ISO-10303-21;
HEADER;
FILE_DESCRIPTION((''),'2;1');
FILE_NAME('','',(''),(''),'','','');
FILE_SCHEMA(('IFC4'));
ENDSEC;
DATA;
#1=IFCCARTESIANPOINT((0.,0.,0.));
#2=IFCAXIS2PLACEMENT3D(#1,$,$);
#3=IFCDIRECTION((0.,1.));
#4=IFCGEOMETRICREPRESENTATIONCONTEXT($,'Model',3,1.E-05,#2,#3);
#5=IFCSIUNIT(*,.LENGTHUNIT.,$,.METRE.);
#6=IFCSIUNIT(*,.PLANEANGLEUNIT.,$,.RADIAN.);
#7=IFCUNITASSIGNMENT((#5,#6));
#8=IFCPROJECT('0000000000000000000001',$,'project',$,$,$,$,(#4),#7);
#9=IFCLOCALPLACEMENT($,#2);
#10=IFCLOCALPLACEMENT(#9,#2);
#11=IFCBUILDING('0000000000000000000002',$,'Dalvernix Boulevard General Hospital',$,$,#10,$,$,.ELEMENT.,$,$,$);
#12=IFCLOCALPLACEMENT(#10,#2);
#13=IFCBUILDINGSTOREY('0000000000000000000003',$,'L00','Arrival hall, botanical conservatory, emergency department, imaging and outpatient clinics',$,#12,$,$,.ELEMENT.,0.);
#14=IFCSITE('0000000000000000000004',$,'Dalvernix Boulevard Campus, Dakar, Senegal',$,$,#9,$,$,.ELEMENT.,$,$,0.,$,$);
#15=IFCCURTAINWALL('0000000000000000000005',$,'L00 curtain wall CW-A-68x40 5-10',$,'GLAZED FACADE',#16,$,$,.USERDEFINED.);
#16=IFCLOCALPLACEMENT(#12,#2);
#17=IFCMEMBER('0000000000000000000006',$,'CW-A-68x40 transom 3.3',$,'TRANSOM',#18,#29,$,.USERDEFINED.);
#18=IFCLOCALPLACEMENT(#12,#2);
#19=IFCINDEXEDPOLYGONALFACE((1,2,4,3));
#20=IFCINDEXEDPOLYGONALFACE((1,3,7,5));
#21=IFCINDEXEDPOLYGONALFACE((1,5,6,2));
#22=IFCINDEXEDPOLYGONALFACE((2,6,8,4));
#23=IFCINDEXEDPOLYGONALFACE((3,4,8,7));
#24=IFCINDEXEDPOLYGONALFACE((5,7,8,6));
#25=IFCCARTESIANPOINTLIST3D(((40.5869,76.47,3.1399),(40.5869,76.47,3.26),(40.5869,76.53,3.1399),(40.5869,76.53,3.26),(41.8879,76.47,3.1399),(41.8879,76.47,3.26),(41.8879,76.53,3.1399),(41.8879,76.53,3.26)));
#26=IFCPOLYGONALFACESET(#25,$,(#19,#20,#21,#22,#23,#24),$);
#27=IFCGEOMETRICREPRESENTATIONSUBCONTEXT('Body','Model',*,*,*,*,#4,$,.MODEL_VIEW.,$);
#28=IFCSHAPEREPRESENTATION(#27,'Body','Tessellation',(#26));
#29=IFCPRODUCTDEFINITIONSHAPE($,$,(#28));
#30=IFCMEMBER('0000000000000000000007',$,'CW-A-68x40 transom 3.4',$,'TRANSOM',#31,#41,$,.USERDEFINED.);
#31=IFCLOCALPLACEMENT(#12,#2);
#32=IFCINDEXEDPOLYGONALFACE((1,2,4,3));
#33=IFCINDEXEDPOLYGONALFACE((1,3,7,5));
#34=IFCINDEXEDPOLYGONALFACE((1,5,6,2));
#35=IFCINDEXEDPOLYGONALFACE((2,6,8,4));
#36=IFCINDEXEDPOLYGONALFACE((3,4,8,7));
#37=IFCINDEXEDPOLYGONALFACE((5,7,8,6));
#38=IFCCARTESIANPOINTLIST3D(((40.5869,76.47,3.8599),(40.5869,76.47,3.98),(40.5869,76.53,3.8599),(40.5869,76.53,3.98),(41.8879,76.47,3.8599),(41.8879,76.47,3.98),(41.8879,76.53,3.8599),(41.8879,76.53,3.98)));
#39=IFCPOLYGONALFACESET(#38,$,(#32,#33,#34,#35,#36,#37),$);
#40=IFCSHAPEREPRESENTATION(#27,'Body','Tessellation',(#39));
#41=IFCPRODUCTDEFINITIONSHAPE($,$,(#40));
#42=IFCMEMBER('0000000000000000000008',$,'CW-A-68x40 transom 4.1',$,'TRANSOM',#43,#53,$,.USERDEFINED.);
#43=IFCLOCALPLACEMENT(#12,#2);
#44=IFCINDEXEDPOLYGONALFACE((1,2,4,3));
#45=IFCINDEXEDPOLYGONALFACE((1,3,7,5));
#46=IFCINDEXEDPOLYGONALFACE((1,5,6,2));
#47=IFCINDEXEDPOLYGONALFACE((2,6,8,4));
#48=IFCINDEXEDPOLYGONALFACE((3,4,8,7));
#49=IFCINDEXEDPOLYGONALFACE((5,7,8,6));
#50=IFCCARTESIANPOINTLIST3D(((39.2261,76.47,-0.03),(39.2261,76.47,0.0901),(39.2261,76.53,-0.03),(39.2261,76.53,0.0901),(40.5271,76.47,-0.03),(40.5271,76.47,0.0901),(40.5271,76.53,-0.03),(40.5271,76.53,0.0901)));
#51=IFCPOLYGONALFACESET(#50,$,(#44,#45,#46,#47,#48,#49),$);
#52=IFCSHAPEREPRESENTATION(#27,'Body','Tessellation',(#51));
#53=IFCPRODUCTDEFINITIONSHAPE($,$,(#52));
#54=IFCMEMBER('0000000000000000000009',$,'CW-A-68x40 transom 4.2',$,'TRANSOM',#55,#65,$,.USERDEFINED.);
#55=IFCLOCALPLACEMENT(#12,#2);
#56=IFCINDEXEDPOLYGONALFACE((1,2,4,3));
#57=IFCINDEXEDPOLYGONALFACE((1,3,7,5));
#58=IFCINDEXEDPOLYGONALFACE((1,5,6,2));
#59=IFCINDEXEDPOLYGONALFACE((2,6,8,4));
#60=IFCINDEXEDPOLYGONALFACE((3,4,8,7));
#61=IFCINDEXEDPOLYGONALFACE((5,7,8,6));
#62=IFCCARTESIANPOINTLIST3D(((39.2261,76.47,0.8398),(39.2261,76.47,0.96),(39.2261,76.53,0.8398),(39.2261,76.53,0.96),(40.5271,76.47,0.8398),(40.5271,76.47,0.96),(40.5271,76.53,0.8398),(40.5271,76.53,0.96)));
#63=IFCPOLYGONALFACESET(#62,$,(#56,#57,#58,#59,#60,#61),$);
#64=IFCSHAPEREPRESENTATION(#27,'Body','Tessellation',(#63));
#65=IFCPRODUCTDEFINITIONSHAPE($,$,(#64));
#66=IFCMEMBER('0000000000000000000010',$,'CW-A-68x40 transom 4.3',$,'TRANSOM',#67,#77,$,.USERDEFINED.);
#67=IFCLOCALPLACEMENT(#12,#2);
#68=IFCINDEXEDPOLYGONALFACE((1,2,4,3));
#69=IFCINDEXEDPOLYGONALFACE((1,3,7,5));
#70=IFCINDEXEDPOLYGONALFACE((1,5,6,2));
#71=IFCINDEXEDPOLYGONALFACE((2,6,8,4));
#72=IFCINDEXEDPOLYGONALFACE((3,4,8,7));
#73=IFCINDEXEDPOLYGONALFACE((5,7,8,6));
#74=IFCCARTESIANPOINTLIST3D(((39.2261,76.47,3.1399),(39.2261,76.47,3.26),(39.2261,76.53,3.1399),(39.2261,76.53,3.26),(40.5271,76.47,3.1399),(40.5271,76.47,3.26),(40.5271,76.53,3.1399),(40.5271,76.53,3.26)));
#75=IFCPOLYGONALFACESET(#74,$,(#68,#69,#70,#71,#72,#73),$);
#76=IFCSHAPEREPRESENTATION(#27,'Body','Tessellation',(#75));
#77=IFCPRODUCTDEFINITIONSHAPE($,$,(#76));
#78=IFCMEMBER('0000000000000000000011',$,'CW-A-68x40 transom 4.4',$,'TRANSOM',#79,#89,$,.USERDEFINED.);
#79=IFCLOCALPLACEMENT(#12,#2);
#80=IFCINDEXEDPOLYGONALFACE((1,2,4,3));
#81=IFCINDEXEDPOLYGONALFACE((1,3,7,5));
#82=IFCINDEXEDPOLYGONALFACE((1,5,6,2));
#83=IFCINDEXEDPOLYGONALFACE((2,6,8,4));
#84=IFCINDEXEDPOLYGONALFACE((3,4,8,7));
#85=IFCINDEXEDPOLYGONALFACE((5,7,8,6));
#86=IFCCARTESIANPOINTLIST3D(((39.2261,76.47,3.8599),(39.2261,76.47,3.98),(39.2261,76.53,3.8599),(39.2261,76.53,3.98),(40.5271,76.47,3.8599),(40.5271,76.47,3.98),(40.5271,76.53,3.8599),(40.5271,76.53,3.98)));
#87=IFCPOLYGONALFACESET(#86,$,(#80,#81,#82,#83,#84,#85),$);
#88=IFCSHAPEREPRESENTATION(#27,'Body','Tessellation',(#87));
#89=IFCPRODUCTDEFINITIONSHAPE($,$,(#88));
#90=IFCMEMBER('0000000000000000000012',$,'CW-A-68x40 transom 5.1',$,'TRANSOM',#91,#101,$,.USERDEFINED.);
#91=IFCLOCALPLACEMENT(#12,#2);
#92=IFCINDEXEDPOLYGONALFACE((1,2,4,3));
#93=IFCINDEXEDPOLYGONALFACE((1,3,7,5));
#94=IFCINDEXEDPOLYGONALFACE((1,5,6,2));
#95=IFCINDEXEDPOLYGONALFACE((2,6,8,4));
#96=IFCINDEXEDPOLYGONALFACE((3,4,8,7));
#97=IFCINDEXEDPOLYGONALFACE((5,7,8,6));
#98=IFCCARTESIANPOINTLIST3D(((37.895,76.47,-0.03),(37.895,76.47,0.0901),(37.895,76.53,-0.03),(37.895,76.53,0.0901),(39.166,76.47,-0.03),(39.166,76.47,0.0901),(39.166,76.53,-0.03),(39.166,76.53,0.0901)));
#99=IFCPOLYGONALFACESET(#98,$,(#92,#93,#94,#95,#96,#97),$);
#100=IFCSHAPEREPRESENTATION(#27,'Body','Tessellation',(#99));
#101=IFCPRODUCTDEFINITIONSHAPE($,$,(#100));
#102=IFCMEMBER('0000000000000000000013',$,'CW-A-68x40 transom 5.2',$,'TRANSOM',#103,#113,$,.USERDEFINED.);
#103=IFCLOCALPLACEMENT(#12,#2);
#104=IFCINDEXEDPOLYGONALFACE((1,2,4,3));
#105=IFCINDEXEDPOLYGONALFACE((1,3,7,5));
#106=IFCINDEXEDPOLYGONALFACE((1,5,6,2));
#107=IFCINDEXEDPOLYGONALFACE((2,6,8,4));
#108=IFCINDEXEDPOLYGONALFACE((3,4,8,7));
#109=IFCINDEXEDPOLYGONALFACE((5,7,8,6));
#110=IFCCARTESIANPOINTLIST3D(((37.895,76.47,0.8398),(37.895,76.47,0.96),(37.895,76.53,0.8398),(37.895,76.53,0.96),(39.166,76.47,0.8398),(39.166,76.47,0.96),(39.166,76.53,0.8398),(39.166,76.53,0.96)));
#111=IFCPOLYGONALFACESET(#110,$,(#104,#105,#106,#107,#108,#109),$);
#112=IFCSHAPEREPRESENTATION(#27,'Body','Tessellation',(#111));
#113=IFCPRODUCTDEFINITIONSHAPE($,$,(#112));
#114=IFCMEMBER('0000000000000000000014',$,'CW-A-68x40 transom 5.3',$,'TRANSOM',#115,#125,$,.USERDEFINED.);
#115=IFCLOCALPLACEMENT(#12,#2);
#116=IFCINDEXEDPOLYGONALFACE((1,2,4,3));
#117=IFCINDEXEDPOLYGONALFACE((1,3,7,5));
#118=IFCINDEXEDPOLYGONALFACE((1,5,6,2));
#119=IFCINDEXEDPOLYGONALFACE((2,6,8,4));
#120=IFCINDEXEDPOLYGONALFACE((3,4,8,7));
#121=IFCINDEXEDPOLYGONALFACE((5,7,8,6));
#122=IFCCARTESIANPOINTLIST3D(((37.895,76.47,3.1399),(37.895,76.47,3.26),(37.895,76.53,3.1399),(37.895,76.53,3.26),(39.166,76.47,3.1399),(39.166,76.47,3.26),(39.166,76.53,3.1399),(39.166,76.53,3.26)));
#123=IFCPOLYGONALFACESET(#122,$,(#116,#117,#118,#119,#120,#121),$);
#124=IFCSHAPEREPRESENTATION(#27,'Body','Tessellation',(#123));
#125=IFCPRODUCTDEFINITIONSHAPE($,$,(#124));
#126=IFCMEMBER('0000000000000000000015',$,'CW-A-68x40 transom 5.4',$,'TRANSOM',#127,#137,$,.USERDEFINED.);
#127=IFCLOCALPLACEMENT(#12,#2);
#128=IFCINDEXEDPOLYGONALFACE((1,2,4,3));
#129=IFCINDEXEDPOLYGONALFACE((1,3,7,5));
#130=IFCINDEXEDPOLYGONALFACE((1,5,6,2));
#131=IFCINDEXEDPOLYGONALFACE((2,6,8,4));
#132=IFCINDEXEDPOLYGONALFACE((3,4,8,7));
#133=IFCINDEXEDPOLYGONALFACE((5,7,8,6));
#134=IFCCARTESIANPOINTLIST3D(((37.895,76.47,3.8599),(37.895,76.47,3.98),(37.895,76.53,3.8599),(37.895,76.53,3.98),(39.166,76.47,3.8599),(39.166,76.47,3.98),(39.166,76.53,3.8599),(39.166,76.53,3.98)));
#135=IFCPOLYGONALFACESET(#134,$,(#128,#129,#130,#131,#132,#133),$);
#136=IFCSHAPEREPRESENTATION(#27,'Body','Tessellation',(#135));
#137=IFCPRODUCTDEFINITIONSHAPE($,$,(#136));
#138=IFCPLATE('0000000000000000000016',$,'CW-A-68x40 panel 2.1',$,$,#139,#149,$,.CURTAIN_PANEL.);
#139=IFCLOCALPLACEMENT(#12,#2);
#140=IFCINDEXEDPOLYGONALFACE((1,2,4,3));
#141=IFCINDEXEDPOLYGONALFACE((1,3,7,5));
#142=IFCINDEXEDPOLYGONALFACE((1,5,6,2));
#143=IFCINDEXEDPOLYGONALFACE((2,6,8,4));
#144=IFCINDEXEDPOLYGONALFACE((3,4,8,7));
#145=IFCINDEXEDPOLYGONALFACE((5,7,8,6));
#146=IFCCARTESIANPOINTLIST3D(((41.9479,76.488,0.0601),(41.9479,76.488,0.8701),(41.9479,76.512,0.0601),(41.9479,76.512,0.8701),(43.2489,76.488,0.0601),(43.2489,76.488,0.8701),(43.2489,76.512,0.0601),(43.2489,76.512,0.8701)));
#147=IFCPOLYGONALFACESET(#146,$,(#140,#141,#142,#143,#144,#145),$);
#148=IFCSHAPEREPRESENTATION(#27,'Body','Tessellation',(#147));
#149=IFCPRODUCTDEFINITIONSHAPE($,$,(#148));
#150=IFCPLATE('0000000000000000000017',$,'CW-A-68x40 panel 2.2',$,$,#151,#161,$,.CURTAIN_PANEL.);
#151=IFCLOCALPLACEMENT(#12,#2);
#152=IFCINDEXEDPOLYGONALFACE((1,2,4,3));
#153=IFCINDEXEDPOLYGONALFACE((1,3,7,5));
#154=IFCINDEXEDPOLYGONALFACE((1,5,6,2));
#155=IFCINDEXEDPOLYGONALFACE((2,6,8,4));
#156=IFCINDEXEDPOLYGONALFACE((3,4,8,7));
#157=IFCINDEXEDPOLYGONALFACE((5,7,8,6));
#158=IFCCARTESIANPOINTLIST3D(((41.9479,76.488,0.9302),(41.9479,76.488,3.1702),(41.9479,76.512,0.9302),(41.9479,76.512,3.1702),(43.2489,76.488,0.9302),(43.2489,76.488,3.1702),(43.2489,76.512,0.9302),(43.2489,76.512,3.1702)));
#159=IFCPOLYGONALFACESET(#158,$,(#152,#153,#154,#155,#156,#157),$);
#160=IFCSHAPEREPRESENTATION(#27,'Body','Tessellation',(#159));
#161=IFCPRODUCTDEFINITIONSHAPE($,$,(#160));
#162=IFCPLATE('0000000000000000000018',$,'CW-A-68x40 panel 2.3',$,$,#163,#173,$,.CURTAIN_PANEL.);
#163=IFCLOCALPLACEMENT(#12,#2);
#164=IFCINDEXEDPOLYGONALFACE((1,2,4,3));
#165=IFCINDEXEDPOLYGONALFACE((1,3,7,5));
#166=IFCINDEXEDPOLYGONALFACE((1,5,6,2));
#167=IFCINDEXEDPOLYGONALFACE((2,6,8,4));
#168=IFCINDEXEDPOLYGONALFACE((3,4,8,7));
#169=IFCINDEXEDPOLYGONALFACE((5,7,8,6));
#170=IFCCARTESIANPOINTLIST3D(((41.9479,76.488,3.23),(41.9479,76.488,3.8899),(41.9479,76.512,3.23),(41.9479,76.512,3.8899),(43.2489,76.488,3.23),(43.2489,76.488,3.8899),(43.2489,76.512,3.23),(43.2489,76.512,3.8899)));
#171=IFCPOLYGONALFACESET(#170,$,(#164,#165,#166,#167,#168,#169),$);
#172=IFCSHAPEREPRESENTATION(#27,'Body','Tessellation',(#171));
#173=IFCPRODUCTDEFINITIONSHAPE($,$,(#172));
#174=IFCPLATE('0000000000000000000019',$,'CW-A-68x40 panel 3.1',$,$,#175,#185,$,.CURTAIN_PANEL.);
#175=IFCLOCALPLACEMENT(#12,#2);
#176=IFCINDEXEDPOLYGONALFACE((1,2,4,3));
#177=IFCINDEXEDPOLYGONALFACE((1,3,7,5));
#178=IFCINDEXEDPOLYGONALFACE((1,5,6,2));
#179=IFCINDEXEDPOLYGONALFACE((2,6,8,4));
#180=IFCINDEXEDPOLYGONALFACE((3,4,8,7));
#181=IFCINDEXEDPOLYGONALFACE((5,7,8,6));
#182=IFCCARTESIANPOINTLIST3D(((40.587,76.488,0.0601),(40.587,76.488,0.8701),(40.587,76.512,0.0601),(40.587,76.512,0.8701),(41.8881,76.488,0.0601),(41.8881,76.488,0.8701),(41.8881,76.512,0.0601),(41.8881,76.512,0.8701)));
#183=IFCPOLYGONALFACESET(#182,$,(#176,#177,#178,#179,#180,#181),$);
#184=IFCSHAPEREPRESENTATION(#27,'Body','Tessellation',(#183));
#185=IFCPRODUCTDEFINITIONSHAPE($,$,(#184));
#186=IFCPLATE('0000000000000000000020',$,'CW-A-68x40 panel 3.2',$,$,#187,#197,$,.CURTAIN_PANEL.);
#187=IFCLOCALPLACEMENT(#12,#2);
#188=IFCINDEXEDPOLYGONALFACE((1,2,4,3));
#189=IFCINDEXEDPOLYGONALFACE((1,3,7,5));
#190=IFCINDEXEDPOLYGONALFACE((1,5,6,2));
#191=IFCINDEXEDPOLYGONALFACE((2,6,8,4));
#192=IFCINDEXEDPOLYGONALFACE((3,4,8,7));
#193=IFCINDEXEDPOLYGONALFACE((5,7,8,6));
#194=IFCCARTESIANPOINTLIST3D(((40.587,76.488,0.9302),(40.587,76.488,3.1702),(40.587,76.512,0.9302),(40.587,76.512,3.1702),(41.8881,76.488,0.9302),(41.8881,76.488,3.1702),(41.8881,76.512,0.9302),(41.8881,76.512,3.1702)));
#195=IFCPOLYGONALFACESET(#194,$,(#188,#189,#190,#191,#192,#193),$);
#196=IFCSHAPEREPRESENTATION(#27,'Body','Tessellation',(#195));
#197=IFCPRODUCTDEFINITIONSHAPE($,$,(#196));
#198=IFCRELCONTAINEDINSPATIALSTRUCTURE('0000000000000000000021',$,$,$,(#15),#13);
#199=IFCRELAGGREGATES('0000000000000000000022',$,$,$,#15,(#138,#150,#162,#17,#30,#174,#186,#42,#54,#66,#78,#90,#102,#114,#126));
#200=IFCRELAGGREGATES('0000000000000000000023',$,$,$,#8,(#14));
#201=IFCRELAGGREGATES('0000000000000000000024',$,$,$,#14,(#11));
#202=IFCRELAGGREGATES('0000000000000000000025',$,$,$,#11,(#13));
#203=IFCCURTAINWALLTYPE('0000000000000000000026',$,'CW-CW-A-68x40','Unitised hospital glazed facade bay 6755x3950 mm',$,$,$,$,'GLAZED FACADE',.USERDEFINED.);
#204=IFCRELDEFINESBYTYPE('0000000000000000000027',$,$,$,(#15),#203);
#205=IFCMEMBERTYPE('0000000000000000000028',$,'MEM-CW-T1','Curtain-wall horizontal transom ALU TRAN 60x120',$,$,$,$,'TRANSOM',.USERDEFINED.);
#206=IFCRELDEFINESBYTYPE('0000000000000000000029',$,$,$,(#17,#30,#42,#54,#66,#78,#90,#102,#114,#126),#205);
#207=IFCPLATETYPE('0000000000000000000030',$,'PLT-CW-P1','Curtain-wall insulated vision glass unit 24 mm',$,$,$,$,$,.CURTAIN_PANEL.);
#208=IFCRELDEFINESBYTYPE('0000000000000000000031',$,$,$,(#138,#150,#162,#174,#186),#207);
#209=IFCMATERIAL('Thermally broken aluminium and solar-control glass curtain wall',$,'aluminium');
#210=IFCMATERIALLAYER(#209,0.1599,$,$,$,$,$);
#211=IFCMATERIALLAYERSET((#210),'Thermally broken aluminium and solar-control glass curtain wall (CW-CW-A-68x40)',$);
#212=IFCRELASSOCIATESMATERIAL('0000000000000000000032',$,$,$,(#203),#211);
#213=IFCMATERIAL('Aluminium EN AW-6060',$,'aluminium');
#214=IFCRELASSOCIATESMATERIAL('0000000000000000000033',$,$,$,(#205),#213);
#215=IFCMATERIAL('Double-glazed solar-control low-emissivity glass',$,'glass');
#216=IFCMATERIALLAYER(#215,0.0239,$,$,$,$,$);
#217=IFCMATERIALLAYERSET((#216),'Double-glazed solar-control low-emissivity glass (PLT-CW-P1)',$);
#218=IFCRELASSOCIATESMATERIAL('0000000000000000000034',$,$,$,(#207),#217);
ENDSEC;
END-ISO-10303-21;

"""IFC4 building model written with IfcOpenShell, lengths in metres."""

from ifc_helpers import new_model, si_unit, direction, frame, origin, origin_2d, place, context, subcontext, project, spatial, rectangle, extrude, material, layer, layer_set, material_profile, profile_set, type_object, element, aggregate, save


model = new_model("IFC4")

# Units and contexts
model_context = context("Model", 3, precision=1e-05, world=origin(), true_north=direction((0.0, 1.0)))
body_context = subcontext(model_context, "Body", "Model", "MODEL_VIEW")
ifc_project = project(units=[si_unit("LENGTHUNIT", "METRE"), si_unit("PLANEANGLEUNIT", "RADIAN")], contexts=[model_context])

# Site, building, storey
site_placement = place(None, origin())
site = spatial("IfcSite", under=ifc_project, at=site_placement, Name="Dalvernix Boulevard Campus, Dakar, Senegal", CompositionType="ELEMENT", RefElevation=0.0)
building_placement = place(site_placement, origin())
building = spatial("IfcBuilding", under=site, at=building_placement, Name="Dalvernix Boulevard General Hospital", CompositionType="ELEMENT")
storey_placement = place(building_placement, origin())
storey = spatial("IfcBuildingStorey", under=building, at=storey_placement, Name="L00", Description="Arrival hall, botanical conservatory, emergency department, imaging and outpatient clinics", CompositionType="ELEMENT", Elevation=0.0)

# Curtain wall
ifc_material_1 = material(Name="Thermally broken aluminium and solar-control glass curtain wall", Category="aluminium")
ifc_layer_1 = layer(ifc_material_1, 0.1599)
ifc_layer_set_1 = layer_set([ifc_layer_1], Name="Thermally broken aluminium and solar-control glass curtain wall (CW-CW-A-68x40)")
curtain_wall_type_1 = type_object("IfcCurtainWallType", Name="CW-CW-A-68x40", Description="Unitised hospital glazed facade bay 6755x3950 mm", ElementType="GLAZED FACADE", PredefinedType="USERDEFINED", material=ifc_layer_set_1)
curtain_wall_1_placement = place(storey_placement, origin())
curtain_wall_1 = element("IfcCurtainWall", 1, at=curtain_wall_1_placement, inside=storey, type_object=curtain_wall_type_1, Name="L00 curtain wall CW-A-68x40 5-10", ObjectType="GLAZED FACADE", PredefinedType="USERDEFINED")
ifc_material_2 = material(Name="Aluminium EN AW-6060", Category="aluminium")

# Members
ifc_material_profile_1 = material_profile(ifc_material_2, rectangle(XDim=0.0601, YDim=0.1201, at=origin_2d()), Name="ALU TRAN 60x120")
ifc_profile_set_1 = profile_set([ifc_material_profile_1], Name="Aluminium EN AW-6060")
member_type_1 = type_object("IfcMemberType", Name="MEM-CW-T1", Description="Curtain-wall horizontal transom ALU TRAN 60x120", ElementType="TRANSOM", PredefinedType="USERDEFINED", material=ifc_profile_set_1)
member_1_placement = place(storey_placement, frame((41.8879, 76.5, 3.2), z_axis=(-1.0, 0.0, 0.0), x_axis=(0.0, -1.0, 0.0)))
member_1 = element("IfcMember", 2, at=member_1_placement, type_object=member_type_1, Name="CW-A-68x40 transom 3.3", ObjectType="TRANSOM", PredefinedType="USERDEFINED", context=body_context, shape_type="SweptSolid", body=[
    extrude(rectangle(XDim=0.0601, YDim=0.1201, at=origin_2d()), origin(), (0.0, 0.0, 1.0), 1.301),
])
member_2_placement = place(storey_placement, frame((41.8879, 76.5, 3.9199), z_axis=(-1.0, 0.0, 0.0), x_axis=(0.0, -1.0, 0.0)))
member_2 = element("IfcMember", 3, at=member_2_placement, type_object=member_type_1, Name="CW-A-68x40 transom 3.4", ObjectType="TRANSOM", PredefinedType="USERDEFINED", context=body_context, shape_type="SweptSolid", body=[
    extrude(rectangle(XDim=0.0601, YDim=0.1201, at=origin_2d()), origin(), (0.0, 0.0, 1.0), 1.301),
])
member_3_placement = place(storey_placement, frame((40.5271, 76.5, 0.03), z_axis=(-1.0, 0.0, 0.0), x_axis=(0.0, -1.0, 0.0)))
member_3 = element("IfcMember", 4, at=member_3_placement, type_object=member_type_1, Name="CW-A-68x40 transom 4.1", ObjectType="TRANSOM", PredefinedType="USERDEFINED", context=body_context, shape_type="SweptSolid", body=[
    extrude(rectangle(XDim=0.0601, YDim=0.1201, at=origin_2d()), origin(), (0.0, 0.0, 1.0), 1.301),
])
member_4_placement = place(storey_placement, frame((40.5271, 76.5, 0.8999), z_axis=(-1.0, 0.0, 0.0), x_axis=(0.0, -1.0, 0.0)))
member_4 = element("IfcMember", 5, at=member_4_placement, type_object=member_type_1, Name="CW-A-68x40 transom 4.2", ObjectType="TRANSOM", PredefinedType="USERDEFINED", context=body_context, shape_type="SweptSolid", body=[
    extrude(rectangle(XDim=0.0601, YDim=0.1201, at=origin_2d()), origin(), (0.0, 0.0, 1.0), 1.301),
])
member_5_placement = place(storey_placement, frame((40.5271, 76.5, 3.2), z_axis=(-1.0, 0.0, 0.0), x_axis=(0.0, -1.0, 0.0)))
member_5 = element("IfcMember", 6, at=member_5_placement, type_object=member_type_1, Name="CW-A-68x40 transom 4.3", ObjectType="TRANSOM", PredefinedType="USERDEFINED", context=body_context, shape_type="SweptSolid", body=[
    extrude(rectangle(XDim=0.0601, YDim=0.1201, at=origin_2d()), origin(), (0.0, 0.0, 1.0), 1.301),
])
member_6_placement = place(storey_placement, frame((40.5271, 76.5, 3.9199), z_axis=(-1.0, 0.0, 0.0), x_axis=(0.0, -1.0, 0.0)))
member_6 = element("IfcMember", 7, at=member_6_placement, type_object=member_type_1, Name="CW-A-68x40 transom 4.4", ObjectType="TRANSOM", PredefinedType="USERDEFINED", context=body_context, shape_type="SweptSolid", body=[
    extrude(rectangle(XDim=0.0601, YDim=0.1201, at=origin_2d()), origin(), (0.0, 0.0, 1.0), 1.301),
])
member_7_placement = place(storey_placement, frame((39.166, 76.5, 0.03), z_axis=(-1.0, 0.0, 0.0), x_axis=(0.0, -1.0, 0.0)))
member_7 = element("IfcMember", 8, at=member_7_placement, type_object=member_type_1, Name="CW-A-68x40 transom 5.1", ObjectType="TRANSOM", PredefinedType="USERDEFINED", context=body_context, shape_type="SweptSolid", body=[
    extrude(rectangle(XDim=0.0601, YDim=0.1201, at=origin_2d()), origin(), (0.0, 0.0, 1.0), 1.271),
])
member_8_placement = place(storey_placement, frame((39.166, 76.5, 0.8999), z_axis=(-1.0, 0.0, 0.0), x_axis=(0.0, -1.0, 0.0)))
member_8 = element("IfcMember", 9, at=member_8_placement, type_object=member_type_1, Name="CW-A-68x40 transom 5.2", ObjectType="TRANSOM", PredefinedType="USERDEFINED", context=body_context, shape_type="SweptSolid", body=[
    extrude(rectangle(XDim=0.0601, YDim=0.1201, at=origin_2d()), origin(), (0.0, 0.0, 1.0), 1.271),
])
member_9_placement = place(storey_placement, frame((39.166, 76.5, 3.2), z_axis=(-1.0, 0.0, 0.0), x_axis=(0.0, -1.0, 0.0)))
member_9 = element("IfcMember", 10, at=member_9_placement, type_object=member_type_1, Name="CW-A-68x40 transom 5.3", ObjectType="TRANSOM", PredefinedType="USERDEFINED", context=body_context, shape_type="SweptSolid", body=[
    extrude(rectangle(XDim=0.0601, YDim=0.1201, at=origin_2d()), origin(), (0.0, 0.0, 1.0), 1.271),
])
member_10_placement = place(storey_placement, frame((39.166, 76.5, 3.9199), z_axis=(-1.0, 0.0, 0.0), x_axis=(0.0, -1.0, 0.0)))
member_10 = element("IfcMember", 11, at=member_10_placement, type_object=member_type_1, Name="CW-A-68x40 transom 5.4", ObjectType="TRANSOM", PredefinedType="USERDEFINED", context=body_context, shape_type="SweptSolid", body=[
    extrude(rectangle(XDim=0.0601, YDim=0.1201, at=origin_2d()), origin(), (0.0, 0.0, 1.0), 1.271),
])

# Plates
ifc_material_3 = material(Name="Double-glazed solar-control low-emissivity glass", Category="glass")
ifc_layer_2 = layer(ifc_material_3, 0.0239)
ifc_layer_set_2 = layer_set([ifc_layer_2], Name="Double-glazed solar-control low-emissivity glass (PLT-CW-P1)")
plate_type = type_object("IfcPlateType", Name="PLT-CW-P1", Description="Curtain-wall insulated vision glass unit 24 mm", PredefinedType="CURTAIN_PANEL", material=ifc_layer_set_2)
plate_1_placement = place(storey_placement, frame((42.5984, 76.5, 0.0601), z_axis=(0.0, 0.0, 1.0), x_axis=(-1.0, 0.0, 0.0)))
plate_1 = element("IfcPlate", 12, at=plate_1_placement, type_object=plate_type, Name="CW-A-68x40 panel 2.1", PredefinedType="CURTAIN_PANEL", context=body_context, shape_type="SweptSolid", body=[
    extrude(rectangle(XDim=1.301, YDim=0.0239, at=origin_2d()), origin(), (0.0, 0.0, 1.0), 0.8101),
])
plate_2_placement = place(storey_placement, frame((42.5984, 76.5, 0.9302), z_axis=(0.0, 0.0, 1.0), x_axis=(-1.0, 0.0, 0.0)))
plate_2 = element("IfcPlate", 13, at=plate_2_placement, type_object=plate_type, Name="CW-A-68x40 panel 2.2", PredefinedType="CURTAIN_PANEL", context=body_context, shape_type="SweptSolid", body=[
    extrude(rectangle(XDim=1.301, YDim=0.0239, at=origin_2d()), origin(), (0.0, 0.0, 1.0), 2.24),
])
plate_3_placement = place(storey_placement, frame((42.5984, 76.5, 3.23), z_axis=(0.0, 0.0, 1.0), x_axis=(-1.0, 0.0, 0.0)))
plate_3 = element("IfcPlate", 14, at=plate_3_placement, type_object=plate_type, Name="CW-A-68x40 panel 2.3", PredefinedType="CURTAIN_PANEL", context=body_context, shape_type="SweptSolid", body=[
    extrude(rectangle(XDim=1.301, YDim=0.0239, at=origin_2d()), origin(), (0.0, 0.0, 1.0), 0.6599),
])
plate_4_placement = place(storey_placement, frame((41.2375, 76.5, 0.0601), z_axis=(0.0, 0.0, 1.0), x_axis=(-1.0, 0.0, 0.0)))
plate_4 = element("IfcPlate", 15, at=plate_4_placement, type_object=plate_type, Name="CW-A-68x40 panel 3.1", PredefinedType="CURTAIN_PANEL", context=body_context, shape_type="SweptSolid", body=[
    extrude(rectangle(XDim=1.301, YDim=0.0239, at=origin_2d()), origin(), (0.0, 0.0, 1.0), 0.8101),
])
plate_5_placement = place(storey_placement, frame((41.2375, 76.5, 0.9302), z_axis=(0.0, 0.0, 1.0), x_axis=(-1.0, 0.0, 0.0)))
plate_5 = element("IfcPlate", 16, at=plate_5_placement, type_object=plate_type, Name="CW-A-68x40 panel 3.2", PredefinedType="CURTAIN_PANEL", context=body_context, shape_type="SweptSolid", body=[
    extrude(rectangle(XDim=1.301, YDim=0.0239, at=origin_2d()), origin(), (0.0, 0.0, 1.0), 2.24),
])
aggregate(curtain_wall_1, [plate_1, plate_2, plate_3, member_1, member_2, plate_4, plate_5, member_3, member_4, member_5, member_6, member_7, member_8, member_9, member_10])

save(model, "model.ifc")
